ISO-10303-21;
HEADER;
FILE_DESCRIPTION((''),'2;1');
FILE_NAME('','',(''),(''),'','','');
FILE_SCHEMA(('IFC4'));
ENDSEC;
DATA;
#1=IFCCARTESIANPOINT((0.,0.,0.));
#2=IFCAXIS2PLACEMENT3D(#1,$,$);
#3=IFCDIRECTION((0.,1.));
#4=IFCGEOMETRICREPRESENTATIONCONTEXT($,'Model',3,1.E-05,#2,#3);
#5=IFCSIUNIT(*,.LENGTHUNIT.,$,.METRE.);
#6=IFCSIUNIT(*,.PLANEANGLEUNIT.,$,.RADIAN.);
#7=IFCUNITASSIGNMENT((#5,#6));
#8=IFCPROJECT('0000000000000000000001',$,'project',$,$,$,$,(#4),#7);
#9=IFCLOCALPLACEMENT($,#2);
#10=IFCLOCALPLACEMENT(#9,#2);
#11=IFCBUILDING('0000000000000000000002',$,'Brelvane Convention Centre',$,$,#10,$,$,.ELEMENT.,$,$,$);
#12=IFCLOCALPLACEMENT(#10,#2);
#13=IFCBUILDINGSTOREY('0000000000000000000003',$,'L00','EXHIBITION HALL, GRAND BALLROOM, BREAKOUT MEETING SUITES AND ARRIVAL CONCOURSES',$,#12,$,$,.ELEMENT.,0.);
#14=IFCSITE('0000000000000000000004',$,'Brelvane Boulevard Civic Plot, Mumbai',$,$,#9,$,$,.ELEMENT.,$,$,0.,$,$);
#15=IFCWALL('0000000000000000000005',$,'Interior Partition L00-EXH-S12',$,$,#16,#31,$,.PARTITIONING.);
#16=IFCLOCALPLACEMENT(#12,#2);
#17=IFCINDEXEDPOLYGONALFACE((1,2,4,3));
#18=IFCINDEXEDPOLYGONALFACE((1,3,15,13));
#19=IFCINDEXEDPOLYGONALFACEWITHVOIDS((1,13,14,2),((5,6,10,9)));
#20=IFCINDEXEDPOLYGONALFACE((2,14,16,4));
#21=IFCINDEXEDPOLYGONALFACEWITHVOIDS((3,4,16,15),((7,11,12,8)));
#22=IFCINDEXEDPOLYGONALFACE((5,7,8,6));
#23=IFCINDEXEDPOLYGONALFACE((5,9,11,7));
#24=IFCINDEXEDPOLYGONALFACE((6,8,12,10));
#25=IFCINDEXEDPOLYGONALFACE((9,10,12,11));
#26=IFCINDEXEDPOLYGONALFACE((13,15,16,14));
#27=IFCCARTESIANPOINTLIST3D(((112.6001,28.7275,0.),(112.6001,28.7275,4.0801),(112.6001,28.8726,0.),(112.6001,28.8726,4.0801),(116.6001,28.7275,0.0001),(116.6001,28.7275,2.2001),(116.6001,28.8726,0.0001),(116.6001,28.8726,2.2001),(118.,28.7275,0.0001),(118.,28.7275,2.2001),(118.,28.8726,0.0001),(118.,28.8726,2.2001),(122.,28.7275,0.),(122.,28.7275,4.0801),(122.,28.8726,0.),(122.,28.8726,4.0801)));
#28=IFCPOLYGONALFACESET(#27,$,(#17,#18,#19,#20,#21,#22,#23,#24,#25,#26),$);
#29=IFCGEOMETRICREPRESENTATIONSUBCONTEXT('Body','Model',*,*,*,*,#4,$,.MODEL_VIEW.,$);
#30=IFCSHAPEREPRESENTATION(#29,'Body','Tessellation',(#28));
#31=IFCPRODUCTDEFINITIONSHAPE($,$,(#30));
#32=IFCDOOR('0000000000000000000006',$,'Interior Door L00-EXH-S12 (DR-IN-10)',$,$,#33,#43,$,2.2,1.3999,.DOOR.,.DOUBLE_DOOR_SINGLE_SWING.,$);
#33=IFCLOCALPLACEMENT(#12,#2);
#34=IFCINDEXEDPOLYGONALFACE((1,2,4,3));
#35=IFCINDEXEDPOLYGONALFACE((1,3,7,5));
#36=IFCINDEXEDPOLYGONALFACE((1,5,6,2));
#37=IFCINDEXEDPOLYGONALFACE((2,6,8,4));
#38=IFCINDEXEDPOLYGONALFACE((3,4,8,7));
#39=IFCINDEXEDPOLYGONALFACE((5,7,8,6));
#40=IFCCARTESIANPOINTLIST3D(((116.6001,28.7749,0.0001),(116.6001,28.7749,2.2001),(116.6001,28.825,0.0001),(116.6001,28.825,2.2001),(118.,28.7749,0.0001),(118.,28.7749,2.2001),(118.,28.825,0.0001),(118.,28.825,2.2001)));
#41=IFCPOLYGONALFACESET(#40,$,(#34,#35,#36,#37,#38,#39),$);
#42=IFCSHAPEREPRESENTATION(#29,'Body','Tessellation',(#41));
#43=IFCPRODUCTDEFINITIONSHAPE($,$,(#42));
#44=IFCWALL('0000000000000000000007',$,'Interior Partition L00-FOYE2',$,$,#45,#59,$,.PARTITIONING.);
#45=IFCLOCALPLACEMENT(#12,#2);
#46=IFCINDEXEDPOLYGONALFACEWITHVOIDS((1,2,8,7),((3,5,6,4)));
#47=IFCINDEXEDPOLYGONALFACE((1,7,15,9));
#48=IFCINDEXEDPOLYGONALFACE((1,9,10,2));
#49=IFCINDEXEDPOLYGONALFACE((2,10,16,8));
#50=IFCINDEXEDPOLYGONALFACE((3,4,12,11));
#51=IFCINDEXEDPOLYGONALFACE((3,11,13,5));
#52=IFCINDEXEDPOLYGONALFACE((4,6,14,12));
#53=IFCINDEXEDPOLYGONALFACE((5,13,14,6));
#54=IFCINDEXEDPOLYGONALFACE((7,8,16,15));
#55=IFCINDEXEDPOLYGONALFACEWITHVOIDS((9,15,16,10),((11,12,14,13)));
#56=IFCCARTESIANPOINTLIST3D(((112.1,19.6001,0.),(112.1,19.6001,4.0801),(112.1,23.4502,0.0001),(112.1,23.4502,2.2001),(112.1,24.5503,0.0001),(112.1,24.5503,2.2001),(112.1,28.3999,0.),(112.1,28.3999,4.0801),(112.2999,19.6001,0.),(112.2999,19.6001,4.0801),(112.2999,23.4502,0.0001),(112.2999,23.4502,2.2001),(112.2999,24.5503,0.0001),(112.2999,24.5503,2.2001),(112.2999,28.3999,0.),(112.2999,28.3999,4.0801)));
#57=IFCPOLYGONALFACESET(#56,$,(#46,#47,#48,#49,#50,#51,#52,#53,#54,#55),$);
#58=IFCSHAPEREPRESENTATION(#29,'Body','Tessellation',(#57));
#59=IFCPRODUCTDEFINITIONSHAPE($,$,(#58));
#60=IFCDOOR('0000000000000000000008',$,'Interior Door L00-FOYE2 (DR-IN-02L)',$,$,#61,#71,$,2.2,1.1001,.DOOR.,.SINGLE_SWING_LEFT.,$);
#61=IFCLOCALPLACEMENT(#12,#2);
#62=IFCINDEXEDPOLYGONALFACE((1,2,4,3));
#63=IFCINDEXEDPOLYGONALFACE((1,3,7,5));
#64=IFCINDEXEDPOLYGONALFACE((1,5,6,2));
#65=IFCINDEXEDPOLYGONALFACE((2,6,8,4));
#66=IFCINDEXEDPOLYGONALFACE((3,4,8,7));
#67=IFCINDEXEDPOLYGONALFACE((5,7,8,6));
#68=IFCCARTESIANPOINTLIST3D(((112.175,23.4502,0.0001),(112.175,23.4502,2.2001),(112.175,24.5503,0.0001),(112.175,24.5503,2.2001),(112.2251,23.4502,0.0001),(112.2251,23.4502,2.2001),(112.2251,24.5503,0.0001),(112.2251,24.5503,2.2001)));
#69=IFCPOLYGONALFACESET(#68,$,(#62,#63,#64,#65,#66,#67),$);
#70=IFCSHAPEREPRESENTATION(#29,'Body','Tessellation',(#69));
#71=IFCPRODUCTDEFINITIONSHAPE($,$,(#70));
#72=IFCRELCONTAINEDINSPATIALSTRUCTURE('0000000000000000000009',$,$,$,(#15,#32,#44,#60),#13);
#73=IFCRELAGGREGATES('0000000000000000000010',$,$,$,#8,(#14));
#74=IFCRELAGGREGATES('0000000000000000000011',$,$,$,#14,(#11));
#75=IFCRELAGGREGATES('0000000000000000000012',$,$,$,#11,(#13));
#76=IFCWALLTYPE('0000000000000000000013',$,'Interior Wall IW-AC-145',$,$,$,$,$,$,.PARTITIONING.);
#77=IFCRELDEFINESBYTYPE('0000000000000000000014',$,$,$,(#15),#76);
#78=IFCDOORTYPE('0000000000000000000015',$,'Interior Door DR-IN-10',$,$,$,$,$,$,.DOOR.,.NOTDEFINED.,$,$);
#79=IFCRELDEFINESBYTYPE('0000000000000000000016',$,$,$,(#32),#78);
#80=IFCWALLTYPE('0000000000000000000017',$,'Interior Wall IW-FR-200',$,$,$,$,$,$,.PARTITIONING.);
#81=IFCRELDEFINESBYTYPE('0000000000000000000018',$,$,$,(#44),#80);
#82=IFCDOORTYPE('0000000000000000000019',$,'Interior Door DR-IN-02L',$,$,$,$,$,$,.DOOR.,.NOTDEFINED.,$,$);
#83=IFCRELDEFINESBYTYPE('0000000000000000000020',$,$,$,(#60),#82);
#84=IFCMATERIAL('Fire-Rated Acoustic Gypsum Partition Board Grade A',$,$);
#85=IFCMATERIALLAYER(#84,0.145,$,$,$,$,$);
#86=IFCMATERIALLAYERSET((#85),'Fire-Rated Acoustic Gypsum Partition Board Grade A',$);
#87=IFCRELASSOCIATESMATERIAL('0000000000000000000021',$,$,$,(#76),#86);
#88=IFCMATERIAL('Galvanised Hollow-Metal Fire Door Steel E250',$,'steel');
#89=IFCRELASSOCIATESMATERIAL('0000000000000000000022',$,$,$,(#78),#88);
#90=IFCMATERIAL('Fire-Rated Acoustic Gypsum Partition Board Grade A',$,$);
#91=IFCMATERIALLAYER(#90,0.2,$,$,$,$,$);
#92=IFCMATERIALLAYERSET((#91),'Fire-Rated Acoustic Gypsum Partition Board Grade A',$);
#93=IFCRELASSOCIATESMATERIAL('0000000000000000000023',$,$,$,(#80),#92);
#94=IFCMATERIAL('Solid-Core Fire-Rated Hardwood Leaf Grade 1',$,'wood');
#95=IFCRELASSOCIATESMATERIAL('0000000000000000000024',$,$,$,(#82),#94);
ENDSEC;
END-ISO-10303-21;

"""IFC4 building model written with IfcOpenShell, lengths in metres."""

from ifc_helpers import new_model, si_unit, direction, frame, frame_2d, origin, place, context, subcontext, project, spatial, rectangle, extrude, material, layer, layer_set, type_object, element, fill, save


model = new_model("IFC4")

# Units and contexts
model_context = context("Model", 3, precision=1e-05, world=origin(), true_north=direction((0.0, 1.0)))
body_context = subcontext(model_context, "Body", "Model", "MODEL_VIEW")
ifc_project = project(units=[si_unit("LENGTHUNIT", "METRE"), si_unit("PLANEANGLEUNIT", "RADIAN")], contexts=[model_context])

# Site, building, storey
site_placement = place(None, origin())
site = spatial("IfcSite", under=ifc_project, at=site_placement, Name="Brelvane Boulevard Civic Plot, Mumbai", CompositionType="ELEMENT", RefElevation=0.0)
building_placement = place(site_placement, origin())
building = spatial("IfcBuilding", under=site, at=building_placement, Name="Brelvane Convention Centre", CompositionType="ELEMENT")
storey_placement = place(building_placement, origin())
storey = spatial("IfcBuildingStorey", under=building, at=storey_placement, Name="L00", Description="EXHIBITION HALL, GRAND BALLROOM, BREAKOUT MEETING SUITES AND ARRIVAL CONCOURSES", CompositionType="ELEMENT", Elevation=0.0)

# Walls, openings, doors
ifc_material_1 = material(Name="Fire-Rated Acoustic Gypsum Partition Board Grade A")
ifc_layer_1 = layer(ifc_material_1, 0.145)
ifc_layer_set_1 = layer_set([ifc_layer_1], Name="Fire-Rated Acoustic Gypsum Partition Board Grade A")
wall_type_1 = type_object("IfcWallType", Name="Interior Wall IW-AC-145", PredefinedType="PARTITIONING", material=ifc_layer_set_1)
wall_1_placement = place(storey_placement, frame((112.6001, 28.8, 0.0), z_axis=(0.0, 0.0, 1.0), x_axis=(1.0, 0.0, 0.0)))
wall_1 = element("IfcWall", 1, at=wall_1_placement, inside=storey, type_object=wall_type_1, Name="Interior Partition L00-EXH-S12", PredefinedType="PARTITIONING", context=body_context, shape_type="SweptSolid", body=[
    extrude(rectangle(XDim=9.3999, YDim=0.145, at=frame_2d((4.7, 0.0))), origin(), (0.0, 0.0, 1.0), 4.0801),
])
opening_1_placement = place(wall_1_placement, frame((4.0, 0.0, 0.0)))
opening_1 = element("IfcOpeningElement", 2, at=opening_1_placement, cuts=wall_1, PredefinedType="OPENING", context=body_context, shape_type="SweptSolid", body=[
    extrude(rectangle(XDim=1.3999, YDim=2.2, at=frame_2d((0.7, 1.1001))), frame((0.0, 0.0825, 0.0), z_axis=(0.0, -1.0, 0.0), x_axis=(1.0, 0.0, 0.0)), (0.0, 0.0, 1.0), 0.165),
])
ifc_material_2 = material(Name="Galvanised Hollow-Metal Fire Door Steel E250", Category="steel")
door_type_1 = type_object("IfcDoorType", Name="Interior Door DR-IN-10", OperationType="NOTDEFINED", PredefinedType="DOOR", material=ifc_material_2)
door_1_placement = place(opening_1_placement, origin())
door_1 = element("IfcDoor", 3, at=door_1_placement, inside=storey, type_object=door_type_1, Name="Interior Door L00-EXH-S12 (DR-IN-10)", OperationType="DOUBLE_DOOR_SINGLE_SWING", OverallHeight=2.2, OverallWidth=1.3999, PredefinedType="DOOR", context=body_context, shape_type="SweptSolid", body=[
    extrude(rectangle(XDim=1.3999, YDim=2.2, at=frame_2d((0.7, 1.1001))), frame((0.0, 0.0249, 0.0), z_axis=(0.0, -1.0, 0.0), x_axis=(1.0, 0.0, 0.0)), (0.0, 0.0, 1.0), 0.05),
])
fill(opening_1, door_1)
ifc_material_3 = material(Name="Fire-Rated Acoustic Gypsum Partition Board Grade A")
ifc_layer_2 = layer(ifc_material_3, 0.2)
ifc_layer_set_2 = layer_set([ifc_layer_2], Name="Fire-Rated Acoustic Gypsum Partition Board Grade A")
wall_type_2 = type_object("IfcWallType", Name="Interior Wall IW-FR-200", PredefinedType="PARTITIONING", material=ifc_layer_set_2)
wall_2_placement = place(storey_placement, frame((112.2, 19.6001, 0.0), z_axis=(0.0, 0.0, 1.0), x_axis=(0.0, 1.0, 0.0)))
wall_2 = element("IfcWall", 4, at=wall_2_placement, inside=storey, type_object=wall_type_2, Name="Interior Partition L00-FOYE2", PredefinedType="PARTITIONING", context=body_context, shape_type="SweptSolid", body=[
    extrude(rectangle(XDim=8.7998, YDim=0.2, at=frame_2d((4.3999, 0.0))), origin(), (0.0, 0.0, 1.0), 4.0801),
])
opening_2_placement = place(wall_2_placement, frame((3.8501, 0.0, 0.0)))
opening_2 = element("IfcOpeningElement", 5, at=opening_2_placement, cuts=wall_2, PredefinedType="OPENING", context=body_context, shape_type="SweptSolid", body=[
    extrude(rectangle(XDim=1.1001, YDim=2.2, at=frame_2d((0.55, 1.1001))), frame((0.0, 0.1099, 0.0), z_axis=(0.0, -1.0, 0.0), x_axis=(1.0, 0.0, 0.0)), (0.0, 0.0, 1.0), 0.22),
])
ifc_material_4 = material(Name="Solid-Core Fire-Rated Hardwood Leaf Grade 1", Category="wood")
door_type_2 = type_object("IfcDoorType", Name="Interior Door DR-IN-02L", OperationType="NOTDEFINED", PredefinedType="DOOR", material=ifc_material_4)
door_2_placement = place(opening_2_placement, origin())
door_2 = element("IfcDoor", 6, at=door_2_placement, inside=storey, type_object=door_type_2, Name="Interior Door L00-FOYE2 (DR-IN-02L)", OperationType="SINGLE_SWING_LEFT", OverallHeight=2.2, OverallWidth=1.1001, PredefinedType="DOOR", context=body_context, shape_type="SweptSolid", body=[
    extrude(rectangle(XDim=1.1001, YDim=2.2, at=frame_2d((0.55, 1.1001))), frame((0.0, 0.0249, 0.0), z_axis=(0.0, -1.0, 0.0), x_axis=(1.0, 0.0, 0.0)), (0.0, 0.0, 1.0), 0.05),
])
fill(opening_2, door_2)

save(model, "model.ifc")
